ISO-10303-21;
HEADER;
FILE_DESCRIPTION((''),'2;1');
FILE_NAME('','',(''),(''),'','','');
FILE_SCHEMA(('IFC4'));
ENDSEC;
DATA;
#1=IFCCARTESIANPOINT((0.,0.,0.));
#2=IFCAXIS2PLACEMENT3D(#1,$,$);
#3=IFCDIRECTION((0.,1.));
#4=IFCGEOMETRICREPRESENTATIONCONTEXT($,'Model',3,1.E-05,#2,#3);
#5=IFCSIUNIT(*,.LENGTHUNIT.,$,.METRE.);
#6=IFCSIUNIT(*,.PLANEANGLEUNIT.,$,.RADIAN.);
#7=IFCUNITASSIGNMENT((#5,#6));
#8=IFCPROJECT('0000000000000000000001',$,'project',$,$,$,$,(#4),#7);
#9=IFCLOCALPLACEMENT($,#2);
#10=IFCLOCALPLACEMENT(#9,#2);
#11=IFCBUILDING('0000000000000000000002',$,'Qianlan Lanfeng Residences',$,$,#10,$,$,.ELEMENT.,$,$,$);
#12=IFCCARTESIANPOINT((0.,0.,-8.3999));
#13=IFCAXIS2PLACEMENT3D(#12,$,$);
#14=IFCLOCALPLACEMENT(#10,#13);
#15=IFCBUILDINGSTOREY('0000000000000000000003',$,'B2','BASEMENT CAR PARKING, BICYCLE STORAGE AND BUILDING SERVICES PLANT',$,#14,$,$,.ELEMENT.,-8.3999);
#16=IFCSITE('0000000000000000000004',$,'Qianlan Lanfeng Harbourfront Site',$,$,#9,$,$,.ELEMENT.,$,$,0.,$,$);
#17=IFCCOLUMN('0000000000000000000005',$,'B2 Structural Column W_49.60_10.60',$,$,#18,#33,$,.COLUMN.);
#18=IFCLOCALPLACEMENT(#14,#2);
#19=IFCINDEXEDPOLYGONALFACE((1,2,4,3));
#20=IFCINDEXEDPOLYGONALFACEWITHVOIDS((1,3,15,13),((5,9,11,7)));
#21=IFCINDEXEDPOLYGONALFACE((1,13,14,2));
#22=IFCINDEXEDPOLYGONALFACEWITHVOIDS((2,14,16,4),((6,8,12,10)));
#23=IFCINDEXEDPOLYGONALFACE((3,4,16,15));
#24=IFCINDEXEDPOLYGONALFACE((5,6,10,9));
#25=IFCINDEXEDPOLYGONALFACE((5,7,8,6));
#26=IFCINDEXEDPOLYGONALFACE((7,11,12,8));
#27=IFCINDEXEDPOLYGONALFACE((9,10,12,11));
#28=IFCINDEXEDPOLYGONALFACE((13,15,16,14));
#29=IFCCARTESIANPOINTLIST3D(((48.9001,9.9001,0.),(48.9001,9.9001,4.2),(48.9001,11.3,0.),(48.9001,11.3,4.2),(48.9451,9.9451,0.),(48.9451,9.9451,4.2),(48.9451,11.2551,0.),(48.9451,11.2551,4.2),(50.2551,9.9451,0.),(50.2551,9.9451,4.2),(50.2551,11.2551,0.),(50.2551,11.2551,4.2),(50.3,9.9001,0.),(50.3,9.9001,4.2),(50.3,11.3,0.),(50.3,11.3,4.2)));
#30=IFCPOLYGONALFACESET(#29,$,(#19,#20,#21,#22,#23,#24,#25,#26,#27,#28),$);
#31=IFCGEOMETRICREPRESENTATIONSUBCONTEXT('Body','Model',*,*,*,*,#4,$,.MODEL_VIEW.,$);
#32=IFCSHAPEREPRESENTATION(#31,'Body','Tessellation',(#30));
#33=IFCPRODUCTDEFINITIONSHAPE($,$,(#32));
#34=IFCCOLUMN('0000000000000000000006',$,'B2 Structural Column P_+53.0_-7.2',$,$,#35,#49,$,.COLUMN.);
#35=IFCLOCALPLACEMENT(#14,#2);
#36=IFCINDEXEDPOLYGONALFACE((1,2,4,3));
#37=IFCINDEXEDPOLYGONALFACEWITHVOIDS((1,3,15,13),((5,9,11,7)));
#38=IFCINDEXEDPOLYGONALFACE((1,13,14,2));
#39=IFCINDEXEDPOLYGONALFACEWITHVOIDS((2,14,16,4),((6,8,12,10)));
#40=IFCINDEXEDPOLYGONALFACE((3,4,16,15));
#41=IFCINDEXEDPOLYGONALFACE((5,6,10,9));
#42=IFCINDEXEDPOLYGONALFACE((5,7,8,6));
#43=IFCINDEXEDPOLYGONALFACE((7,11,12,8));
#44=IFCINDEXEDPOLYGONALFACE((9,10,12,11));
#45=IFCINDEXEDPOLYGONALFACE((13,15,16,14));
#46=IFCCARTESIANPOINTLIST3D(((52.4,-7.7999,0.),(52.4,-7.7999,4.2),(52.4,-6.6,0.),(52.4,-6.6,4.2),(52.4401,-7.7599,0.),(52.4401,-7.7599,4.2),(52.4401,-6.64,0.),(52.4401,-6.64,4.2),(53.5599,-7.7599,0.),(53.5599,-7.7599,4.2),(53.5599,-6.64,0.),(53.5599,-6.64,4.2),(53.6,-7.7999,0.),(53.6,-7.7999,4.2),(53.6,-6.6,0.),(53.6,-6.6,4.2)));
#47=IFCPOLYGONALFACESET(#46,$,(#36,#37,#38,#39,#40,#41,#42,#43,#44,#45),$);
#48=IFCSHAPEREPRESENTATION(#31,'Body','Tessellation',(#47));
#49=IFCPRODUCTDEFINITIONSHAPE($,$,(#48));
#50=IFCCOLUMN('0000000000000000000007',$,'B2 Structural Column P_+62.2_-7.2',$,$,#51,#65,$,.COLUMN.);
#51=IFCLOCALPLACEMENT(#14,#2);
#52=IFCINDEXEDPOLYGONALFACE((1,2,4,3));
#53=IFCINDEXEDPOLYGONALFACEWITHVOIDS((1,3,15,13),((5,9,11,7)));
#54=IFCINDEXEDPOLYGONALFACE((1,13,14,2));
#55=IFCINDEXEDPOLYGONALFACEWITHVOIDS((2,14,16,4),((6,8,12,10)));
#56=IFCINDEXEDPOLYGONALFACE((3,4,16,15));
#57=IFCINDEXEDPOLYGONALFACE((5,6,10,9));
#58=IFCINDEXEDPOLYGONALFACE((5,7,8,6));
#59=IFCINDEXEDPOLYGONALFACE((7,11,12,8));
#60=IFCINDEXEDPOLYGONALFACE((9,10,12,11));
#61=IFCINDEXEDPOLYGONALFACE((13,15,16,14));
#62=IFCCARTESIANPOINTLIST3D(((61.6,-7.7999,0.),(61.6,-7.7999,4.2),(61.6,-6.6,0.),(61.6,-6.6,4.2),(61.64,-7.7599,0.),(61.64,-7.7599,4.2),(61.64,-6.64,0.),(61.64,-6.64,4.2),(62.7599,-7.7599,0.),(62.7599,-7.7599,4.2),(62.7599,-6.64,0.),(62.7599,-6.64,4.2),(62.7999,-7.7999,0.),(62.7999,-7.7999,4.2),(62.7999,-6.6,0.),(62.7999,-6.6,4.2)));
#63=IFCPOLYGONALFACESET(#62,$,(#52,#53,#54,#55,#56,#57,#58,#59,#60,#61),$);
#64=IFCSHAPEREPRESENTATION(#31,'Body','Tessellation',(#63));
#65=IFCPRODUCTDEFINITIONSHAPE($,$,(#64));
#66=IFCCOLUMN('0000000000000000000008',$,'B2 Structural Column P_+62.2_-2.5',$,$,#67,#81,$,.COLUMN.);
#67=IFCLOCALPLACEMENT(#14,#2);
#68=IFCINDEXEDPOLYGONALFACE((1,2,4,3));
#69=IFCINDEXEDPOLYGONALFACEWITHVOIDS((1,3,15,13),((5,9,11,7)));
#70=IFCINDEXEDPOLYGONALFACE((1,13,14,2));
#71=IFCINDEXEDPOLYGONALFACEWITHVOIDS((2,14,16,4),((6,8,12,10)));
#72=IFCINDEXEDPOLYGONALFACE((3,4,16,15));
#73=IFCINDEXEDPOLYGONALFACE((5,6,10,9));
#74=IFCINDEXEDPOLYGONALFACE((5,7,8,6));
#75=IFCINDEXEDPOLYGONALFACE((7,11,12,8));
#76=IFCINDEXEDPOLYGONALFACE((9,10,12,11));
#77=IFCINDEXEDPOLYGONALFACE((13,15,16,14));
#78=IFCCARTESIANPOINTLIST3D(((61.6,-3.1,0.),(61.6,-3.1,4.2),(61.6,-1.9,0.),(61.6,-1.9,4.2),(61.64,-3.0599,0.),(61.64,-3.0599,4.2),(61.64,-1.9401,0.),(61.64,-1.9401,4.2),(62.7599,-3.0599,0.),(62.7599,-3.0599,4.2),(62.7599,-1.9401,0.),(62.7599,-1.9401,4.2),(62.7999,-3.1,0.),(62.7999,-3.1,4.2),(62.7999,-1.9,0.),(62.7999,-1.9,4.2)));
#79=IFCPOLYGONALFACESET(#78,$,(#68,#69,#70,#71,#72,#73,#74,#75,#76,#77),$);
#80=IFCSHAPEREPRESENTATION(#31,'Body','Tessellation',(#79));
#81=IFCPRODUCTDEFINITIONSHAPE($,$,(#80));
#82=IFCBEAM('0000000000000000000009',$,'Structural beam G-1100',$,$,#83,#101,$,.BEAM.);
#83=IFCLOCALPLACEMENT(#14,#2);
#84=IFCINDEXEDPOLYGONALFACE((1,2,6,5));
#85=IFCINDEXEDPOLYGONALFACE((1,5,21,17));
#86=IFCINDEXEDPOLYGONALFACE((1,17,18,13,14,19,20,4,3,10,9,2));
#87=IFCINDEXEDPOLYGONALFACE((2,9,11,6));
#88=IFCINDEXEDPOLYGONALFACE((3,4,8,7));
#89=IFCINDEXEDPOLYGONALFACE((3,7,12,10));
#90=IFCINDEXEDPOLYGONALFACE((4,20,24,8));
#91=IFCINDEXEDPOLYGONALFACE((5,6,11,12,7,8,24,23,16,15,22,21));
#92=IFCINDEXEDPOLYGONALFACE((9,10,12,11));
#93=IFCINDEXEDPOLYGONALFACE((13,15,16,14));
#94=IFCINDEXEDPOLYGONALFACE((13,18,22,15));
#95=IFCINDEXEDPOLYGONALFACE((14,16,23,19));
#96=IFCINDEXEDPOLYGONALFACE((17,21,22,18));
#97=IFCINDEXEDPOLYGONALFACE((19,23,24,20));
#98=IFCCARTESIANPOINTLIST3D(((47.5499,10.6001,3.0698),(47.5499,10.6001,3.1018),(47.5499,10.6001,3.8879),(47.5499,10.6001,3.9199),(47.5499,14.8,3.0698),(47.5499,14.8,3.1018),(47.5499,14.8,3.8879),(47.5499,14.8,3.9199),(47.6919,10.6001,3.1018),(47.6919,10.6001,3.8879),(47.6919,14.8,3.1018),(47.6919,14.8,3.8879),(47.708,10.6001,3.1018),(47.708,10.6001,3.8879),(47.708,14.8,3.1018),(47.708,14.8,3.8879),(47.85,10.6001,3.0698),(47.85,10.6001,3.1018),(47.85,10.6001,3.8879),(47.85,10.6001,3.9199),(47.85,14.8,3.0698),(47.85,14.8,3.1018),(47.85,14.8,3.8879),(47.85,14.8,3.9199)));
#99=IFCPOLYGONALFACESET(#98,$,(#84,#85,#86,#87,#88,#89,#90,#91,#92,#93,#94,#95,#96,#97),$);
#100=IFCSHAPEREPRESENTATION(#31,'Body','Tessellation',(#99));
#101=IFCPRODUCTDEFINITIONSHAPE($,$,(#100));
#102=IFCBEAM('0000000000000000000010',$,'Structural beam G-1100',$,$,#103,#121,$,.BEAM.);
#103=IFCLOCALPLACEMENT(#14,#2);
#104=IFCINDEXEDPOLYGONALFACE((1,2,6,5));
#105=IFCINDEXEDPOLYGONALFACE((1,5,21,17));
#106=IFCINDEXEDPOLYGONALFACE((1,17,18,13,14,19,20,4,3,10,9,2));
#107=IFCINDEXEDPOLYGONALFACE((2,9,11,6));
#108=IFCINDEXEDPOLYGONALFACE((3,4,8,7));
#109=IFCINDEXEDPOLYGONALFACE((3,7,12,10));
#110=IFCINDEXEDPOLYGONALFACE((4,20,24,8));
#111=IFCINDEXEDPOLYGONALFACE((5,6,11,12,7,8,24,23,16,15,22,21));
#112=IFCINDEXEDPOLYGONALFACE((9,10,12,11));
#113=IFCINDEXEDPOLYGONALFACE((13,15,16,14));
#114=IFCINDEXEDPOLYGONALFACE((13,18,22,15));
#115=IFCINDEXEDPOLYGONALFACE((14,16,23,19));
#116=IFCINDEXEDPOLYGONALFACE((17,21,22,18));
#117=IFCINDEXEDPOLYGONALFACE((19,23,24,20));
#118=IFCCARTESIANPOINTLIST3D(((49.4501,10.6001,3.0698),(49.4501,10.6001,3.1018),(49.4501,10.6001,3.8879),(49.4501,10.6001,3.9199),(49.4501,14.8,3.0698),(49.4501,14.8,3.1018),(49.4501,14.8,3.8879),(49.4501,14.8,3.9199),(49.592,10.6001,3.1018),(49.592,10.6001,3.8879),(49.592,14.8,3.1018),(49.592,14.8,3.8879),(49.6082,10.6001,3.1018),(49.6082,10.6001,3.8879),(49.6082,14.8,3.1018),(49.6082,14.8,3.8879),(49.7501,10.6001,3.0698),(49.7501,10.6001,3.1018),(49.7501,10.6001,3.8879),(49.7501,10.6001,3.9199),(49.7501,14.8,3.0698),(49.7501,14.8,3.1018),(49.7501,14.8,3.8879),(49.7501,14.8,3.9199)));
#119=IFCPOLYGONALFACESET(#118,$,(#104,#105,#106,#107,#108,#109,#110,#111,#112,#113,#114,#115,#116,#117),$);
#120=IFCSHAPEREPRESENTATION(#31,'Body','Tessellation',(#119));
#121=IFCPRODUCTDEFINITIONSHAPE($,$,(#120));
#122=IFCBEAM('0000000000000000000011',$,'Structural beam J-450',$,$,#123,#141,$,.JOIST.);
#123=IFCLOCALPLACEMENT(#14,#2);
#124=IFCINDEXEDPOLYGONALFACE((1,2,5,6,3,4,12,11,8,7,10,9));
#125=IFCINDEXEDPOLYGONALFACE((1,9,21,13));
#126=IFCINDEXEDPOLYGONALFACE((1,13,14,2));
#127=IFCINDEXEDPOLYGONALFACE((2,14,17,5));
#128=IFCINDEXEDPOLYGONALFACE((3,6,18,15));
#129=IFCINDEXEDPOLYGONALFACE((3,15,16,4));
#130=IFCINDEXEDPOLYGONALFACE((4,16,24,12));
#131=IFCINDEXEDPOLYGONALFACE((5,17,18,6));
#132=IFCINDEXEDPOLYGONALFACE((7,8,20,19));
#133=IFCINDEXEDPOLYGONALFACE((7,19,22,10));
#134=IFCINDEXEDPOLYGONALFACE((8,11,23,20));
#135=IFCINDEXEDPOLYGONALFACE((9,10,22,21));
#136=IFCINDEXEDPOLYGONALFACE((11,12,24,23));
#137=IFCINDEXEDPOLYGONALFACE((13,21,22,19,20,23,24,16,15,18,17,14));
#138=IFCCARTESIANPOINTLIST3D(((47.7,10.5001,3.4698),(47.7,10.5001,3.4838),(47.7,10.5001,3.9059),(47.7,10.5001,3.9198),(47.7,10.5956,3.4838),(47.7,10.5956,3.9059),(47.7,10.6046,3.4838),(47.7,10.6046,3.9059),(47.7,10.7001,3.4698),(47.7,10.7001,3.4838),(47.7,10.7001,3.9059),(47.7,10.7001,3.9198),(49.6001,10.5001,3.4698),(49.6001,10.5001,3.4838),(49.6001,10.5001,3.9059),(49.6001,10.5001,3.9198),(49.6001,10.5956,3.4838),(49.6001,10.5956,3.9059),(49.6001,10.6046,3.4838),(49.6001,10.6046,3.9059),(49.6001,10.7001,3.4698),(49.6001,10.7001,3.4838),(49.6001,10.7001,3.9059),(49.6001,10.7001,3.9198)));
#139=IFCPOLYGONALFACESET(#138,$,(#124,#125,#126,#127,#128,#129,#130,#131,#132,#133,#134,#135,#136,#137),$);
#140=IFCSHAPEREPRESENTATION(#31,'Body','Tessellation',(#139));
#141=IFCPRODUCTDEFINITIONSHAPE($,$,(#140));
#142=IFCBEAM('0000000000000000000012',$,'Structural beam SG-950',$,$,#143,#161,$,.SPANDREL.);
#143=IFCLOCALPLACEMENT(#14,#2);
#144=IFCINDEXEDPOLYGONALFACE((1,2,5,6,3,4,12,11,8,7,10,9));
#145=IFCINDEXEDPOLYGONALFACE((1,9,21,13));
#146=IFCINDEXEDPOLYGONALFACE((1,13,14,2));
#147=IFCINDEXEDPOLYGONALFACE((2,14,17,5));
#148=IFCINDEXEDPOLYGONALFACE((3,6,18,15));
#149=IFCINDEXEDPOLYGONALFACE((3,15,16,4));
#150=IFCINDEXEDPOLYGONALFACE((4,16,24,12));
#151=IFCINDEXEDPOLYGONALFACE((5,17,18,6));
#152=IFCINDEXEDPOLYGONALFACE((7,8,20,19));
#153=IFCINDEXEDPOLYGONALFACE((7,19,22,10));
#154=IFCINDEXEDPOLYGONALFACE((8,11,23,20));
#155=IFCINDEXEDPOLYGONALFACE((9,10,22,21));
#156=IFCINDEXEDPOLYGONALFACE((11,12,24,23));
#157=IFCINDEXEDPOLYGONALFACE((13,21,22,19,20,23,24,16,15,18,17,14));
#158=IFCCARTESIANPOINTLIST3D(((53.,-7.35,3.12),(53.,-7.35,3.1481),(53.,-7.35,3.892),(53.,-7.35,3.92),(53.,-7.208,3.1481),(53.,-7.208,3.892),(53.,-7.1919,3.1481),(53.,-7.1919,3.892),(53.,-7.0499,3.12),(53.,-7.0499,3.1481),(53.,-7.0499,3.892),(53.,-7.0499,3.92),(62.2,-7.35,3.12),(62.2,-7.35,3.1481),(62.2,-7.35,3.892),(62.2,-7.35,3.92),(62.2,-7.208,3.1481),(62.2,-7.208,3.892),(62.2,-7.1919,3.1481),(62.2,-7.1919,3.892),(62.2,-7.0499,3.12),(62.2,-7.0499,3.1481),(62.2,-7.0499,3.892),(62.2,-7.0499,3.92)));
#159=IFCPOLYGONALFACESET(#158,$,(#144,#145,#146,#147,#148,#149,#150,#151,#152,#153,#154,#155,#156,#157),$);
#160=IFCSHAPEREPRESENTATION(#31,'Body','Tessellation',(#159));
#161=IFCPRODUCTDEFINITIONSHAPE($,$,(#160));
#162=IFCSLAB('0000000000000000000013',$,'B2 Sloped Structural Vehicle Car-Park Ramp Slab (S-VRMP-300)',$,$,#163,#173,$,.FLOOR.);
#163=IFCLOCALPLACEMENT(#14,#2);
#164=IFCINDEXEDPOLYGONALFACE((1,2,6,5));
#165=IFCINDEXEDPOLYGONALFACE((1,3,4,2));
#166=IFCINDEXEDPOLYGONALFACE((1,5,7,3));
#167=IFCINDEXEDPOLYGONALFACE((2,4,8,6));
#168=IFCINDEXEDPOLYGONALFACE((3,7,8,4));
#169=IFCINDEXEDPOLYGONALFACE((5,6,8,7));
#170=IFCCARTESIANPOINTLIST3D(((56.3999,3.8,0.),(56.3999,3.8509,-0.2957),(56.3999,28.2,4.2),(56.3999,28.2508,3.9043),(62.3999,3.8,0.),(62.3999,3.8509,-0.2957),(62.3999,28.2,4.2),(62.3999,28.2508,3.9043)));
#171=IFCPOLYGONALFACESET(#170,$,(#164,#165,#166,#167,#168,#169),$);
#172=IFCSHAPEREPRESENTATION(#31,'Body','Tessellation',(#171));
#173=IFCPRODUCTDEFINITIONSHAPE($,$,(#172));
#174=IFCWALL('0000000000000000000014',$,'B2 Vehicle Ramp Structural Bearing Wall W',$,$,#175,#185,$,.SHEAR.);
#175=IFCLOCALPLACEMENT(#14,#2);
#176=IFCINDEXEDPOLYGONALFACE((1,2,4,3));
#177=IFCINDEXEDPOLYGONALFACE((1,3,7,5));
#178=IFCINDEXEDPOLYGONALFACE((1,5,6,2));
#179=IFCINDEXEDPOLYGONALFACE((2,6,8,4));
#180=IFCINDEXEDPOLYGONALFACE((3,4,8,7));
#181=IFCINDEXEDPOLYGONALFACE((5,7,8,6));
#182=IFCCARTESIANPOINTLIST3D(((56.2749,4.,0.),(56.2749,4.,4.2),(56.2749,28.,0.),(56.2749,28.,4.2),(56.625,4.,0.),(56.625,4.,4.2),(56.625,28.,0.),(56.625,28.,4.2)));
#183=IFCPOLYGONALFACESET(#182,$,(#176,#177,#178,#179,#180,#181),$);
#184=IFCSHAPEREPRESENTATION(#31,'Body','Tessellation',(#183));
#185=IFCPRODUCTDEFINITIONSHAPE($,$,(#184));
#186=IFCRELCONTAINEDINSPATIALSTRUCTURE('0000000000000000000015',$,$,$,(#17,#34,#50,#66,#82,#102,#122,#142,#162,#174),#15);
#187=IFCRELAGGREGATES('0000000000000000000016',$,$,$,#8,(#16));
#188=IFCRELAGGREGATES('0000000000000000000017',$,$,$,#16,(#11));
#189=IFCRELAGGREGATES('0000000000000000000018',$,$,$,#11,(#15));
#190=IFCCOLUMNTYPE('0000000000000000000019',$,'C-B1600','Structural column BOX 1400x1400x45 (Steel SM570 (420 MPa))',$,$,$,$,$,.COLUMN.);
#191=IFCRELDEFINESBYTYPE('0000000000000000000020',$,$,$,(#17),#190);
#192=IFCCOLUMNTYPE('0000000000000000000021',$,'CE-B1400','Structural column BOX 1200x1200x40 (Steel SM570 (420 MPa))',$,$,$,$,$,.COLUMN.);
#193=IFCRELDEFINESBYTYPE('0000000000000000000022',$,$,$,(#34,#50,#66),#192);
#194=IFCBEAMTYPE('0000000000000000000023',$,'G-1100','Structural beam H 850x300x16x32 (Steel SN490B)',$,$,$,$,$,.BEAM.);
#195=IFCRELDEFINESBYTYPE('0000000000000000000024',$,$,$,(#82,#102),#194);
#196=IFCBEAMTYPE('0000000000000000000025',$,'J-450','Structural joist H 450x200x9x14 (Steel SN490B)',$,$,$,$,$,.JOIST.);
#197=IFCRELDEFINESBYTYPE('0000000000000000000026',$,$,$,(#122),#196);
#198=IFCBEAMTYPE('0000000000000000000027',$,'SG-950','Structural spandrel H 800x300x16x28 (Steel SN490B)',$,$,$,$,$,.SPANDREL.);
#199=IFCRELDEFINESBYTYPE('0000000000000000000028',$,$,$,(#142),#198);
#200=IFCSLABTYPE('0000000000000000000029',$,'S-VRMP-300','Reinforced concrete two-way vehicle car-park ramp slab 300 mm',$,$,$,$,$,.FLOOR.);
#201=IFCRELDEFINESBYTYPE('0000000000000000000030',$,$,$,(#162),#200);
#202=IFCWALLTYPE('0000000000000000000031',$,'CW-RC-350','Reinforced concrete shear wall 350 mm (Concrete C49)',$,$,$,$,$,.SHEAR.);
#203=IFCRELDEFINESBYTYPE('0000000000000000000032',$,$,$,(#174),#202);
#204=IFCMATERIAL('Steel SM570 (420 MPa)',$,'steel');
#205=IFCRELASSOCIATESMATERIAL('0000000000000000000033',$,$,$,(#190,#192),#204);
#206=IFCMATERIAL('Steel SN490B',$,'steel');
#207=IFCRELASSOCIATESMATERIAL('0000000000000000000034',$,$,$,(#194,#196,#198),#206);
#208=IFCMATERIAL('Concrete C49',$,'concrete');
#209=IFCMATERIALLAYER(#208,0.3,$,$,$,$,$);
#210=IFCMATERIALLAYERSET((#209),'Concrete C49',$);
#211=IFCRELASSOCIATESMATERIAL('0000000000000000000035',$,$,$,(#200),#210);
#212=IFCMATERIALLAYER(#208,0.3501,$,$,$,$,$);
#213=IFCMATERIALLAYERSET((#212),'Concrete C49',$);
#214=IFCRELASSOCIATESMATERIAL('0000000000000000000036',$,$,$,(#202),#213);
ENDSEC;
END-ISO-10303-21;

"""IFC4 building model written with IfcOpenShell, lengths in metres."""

from ifc_helpers import new_model, si_unit, direction, frame, frame_2d, origin, origin_2d, place, context, subcontext, project, spatial, polyline, rectangle, hollow_rectangle, i_section, outline, extrude, material, layer, layer_set, material_profile, profile_set, type_object, element, save


model = new_model("IFC4")

# Units and contexts
model_context = context("Model", 3, precision=1e-05, world=origin(), true_north=direction((0.0, 1.0)))
body_context = subcontext(model_context, "Body", "Model", "MODEL_VIEW")
ifc_project = project(units=[si_unit("LENGTHUNIT", "METRE"), si_unit("PLANEANGLEUNIT", "RADIAN")], contexts=[model_context])

# Site, building, storey
site_placement = place(None, origin())
site = spatial("IfcSite", under=ifc_project, at=site_placement, Name="Qianlan Lanfeng Harbourfront Site", CompositionType="ELEMENT", RefElevation=0.0)
building_placement = place(site_placement, origin())
building = spatial("IfcBuilding", under=site, at=building_placement, Name="Qianlan Lanfeng Residences", CompositionType="ELEMENT")
storey_placement = place(building_placement, frame((0.0, 0.0, -8.3999)))
storey = spatial("IfcBuildingStorey", under=building, at=storey_placement, Name="B2", Description="BASEMENT CAR PARKING, BICYCLE STORAGE AND BUILDING SERVICES PLANT", CompositionType="ELEMENT", Elevation=-8.3999)

# Columns
ifc_material_1 = material(Name="Steel SM570 (420 MPa)", Category="steel")
ifc_material_profile_1 = material_profile(ifc_material_1, hollow_rectangle(XDim=1.3999, YDim=1.3999, WallThickness=0.0449, at=origin_2d()), Name="BOX 1400x1400x45")
ifc_profile_set_1 = profile_set([ifc_material_profile_1], Name="Steel SM570 (420 MPa)")
column_type_1 = type_object("IfcColumnType", Name="C-B1600", Description="Structural column BOX 1400x1400x45 (Steel SM570 (420 MPa))", PredefinedType="COLUMN", material=ifc_profile_set_1)
for number, where, z_axis, x_axis, name in (
    (1, (49.6001, 10.6001, 0.0), (0.0, 0.0, 1.0), (1.0, 0.0, 0.0), "B2 Structural Column W_49.60_10.60"),
):
    element("IfcColumn", number, at=place(storey_placement, frame(where, z_axis=z_axis, x_axis=x_axis)), inside=storey, type_object=column_type_1, Name=name, PredefinedType="COLUMN", context=body_context, shape_type="SweptSolid", body=[
        extrude(hollow_rectangle(XDim=1.3999, YDim=1.3999, WallThickness=0.0449, at=origin_2d()), origin(), (0.0, 0.0, 1.0), 4.2),
    ])
ifc_material_profile_2 = material_profile(ifc_material_1, hollow_rectangle(XDim=1.2, YDim=1.2, WallThickness=0.04, at=origin_2d()), Name="BOX 1200x1200x40")
ifc_profile_set_2 = profile_set([ifc_material_profile_2], Name="Steel SM570 (420 MPa)")
column_type_2 = type_object("IfcColumnType", Name="CE-B1400", Description="Structural column BOX 1200x1200x40 (Steel SM570 (420 MPa))", PredefinedType="COLUMN", material=ifc_profile_set_2)
for number, where, z_axis, x_axis, name in (
    (2, (53.0, -7.2, 0.0), (0.0, 0.0, 1.0), (1.0, 0.0, 0.0), "B2 Structural Column P_+53.0_-7.2"),
    (3, (62.2, -7.2, 0.0), (0.0, 0.0, 1.0), (1.0, 0.0, 0.0), "B2 Structural Column P_+62.2_-7.2"),
    (4, (62.2, -2.5, 0.0), (0.0, 0.0, 1.0), (1.0, 0.0, 0.0), "B2 Structural Column P_+62.2_-2.5"),
):
    element("IfcColumn", number, at=place(storey_placement, frame(where, z_axis=z_axis, x_axis=x_axis)), inside=storey, type_object=column_type_2, Name=name, PredefinedType="COLUMN", context=body_context, shape_type="SweptSolid", body=[
        extrude(hollow_rectangle(XDim=1.2, YDim=1.2, WallThickness=0.04, at=origin_2d()), origin(), (0.0, 0.0, 1.0), 4.2),
    ])

# Beams
ifc_material_2 = material(Name="Steel SN490B", Category="steel")
ifc_material_profile_3 = material_profile(ifc_material_2, i_section(OverallWidth=0.3, OverallDepth=0.8501, WebThickness=0.0161, FlangeThickness=0.032, at=origin_2d()), Name="H 850x300x16x32")
ifc_profile_set_3 = profile_set([ifc_material_profile_3], Name="Steel SN490B")
beam_type_1 = type_object("IfcBeamType", Name="G-1100", Description="Structural beam H 850x300x16x32 (Steel SN490B)", PredefinedType="BEAM", material=ifc_profile_set_3)
for number, where, z_axis, x_axis, name in (
    (5, (47.7, 10.6001, 3.4949), (0.0, 1.0, 0.0), (-1.0, 0.0, 0.0), "Structural beam G-1100"),
    (6, (49.6001, 10.6001, 3.4949), (0.0, 1.0, 0.0), (-1.0, 0.0, 0.0), "Structural beam G-1100"),
):
    element("IfcBeam", number, at=place(storey_placement, frame(where, z_axis=z_axis, x_axis=x_axis)), inside=storey, type_object=beam_type_1, Name=name, PredefinedType="BEAM", context=body_context, shape_type="SweptSolid", body=[
        extrude(i_section(OverallWidth=0.3, OverallDepth=0.8501, WebThickness=0.0161, FlangeThickness=0.032, at=origin_2d()), origin(), (0.0, 0.0, 1.0), 4.2),
    ])
ifc_material_profile_4 = material_profile(ifc_material_2, i_section(OverallWidth=0.2, OverallDepth=0.45, WebThickness=0.009, FlangeThickness=0.0139, at=origin_2d()), Name="H 450x200x9x14")
ifc_profile_set_4 = profile_set([ifc_material_profile_4], Name="Steel SN490B")
beam_type_2 = type_object("IfcBeamType", Name="J-450", Description="Structural joist H 450x200x9x14 (Steel SN490B)", PredefinedType="JOIST", material=ifc_profile_set_4)
beam_1_placement = place(storey_placement, frame((47.7, 10.6001, 3.6948), z_axis=(1.0, 0.0, 0.0), x_axis=(0.0, 1.0, 0.0)))
element("IfcBeam", 7, at=beam_1_placement, inside=storey, type_object=beam_type_2, Name="Structural beam J-450", PredefinedType="JOIST", context=body_context, shape_type="SweptSolid", body=[
    extrude(i_section(OverallWidth=0.2, OverallDepth=0.45, WebThickness=0.009, FlangeThickness=0.0139, at=origin_2d()), origin(), (0.0, 0.0, 1.0), 1.9001),
])
ifc_material_profile_5 = material_profile(ifc_material_2, i_section(OverallWidth=0.3, OverallDepth=0.8, WebThickness=0.0161, FlangeThickness=0.0281, at=origin_2d()), Name="H 800x300x16x28")
ifc_profile_set_5 = profile_set([ifc_material_profile_5], Name="Steel SN490B")
beam_type_3 = type_object("IfcBeamType", Name="SG-950", Description="Structural spandrel H 800x300x16x28 (Steel SN490B)", PredefinedType="SPANDREL", material=ifc_profile_set_5)
beam_2_placement = place(storey_placement, frame((53.0, -7.2, 3.52), z_axis=(1.0, 0.0, 0.0), x_axis=(0.0, 1.0, 0.0)))
element("IfcBeam", 8, at=beam_2_placement, inside=storey, type_object=beam_type_3, Name="Structural beam SG-950", PredefinedType="SPANDREL", context=body_context, shape_type="SweptSolid", body=[
    extrude(i_section(OverallWidth=0.3, OverallDepth=0.8, WebThickness=0.0161, FlangeThickness=0.0281, at=origin_2d()), origin(), (0.0, 0.0, 1.0), 9.2),
])

# Slab
ifc_material_3 = material(Name="Concrete C49", Category="concrete")
ifc_layer_1 = layer(ifc_material_3, 0.3)
ifc_layer_set_1 = layer_set([ifc_layer_1], Name="Concrete C49")
slab_type = type_object("IfcSlabType", Name="S-VRMP-300", Description="Reinforced concrete two-way vehicle car-park ramp slab 300 mm", PredefinedType="FLOOR", material=ifc_layer_set_1)
slab_placement = place(storey_placement, frame((56.3999, 3.8, 0.0), z_axis=(0.0, -0.169635, 0.985507), x_axis=(1.0, 0.0, 0.0)))
element("IfcSlab", 9, at=slab_placement, inside=storey, type_object=slab_type, Name="B2 Sloped Structural Vehicle Car-Park Ramp Slab (S-VRMP-300)", PredefinedType="FLOOR", context=body_context, shape_type="SweptSolid", body=[
    extrude(outline(polyline([(0.0, 0.0), (6.0, 0.0), (6.0, 24.7587), (0.0, 24.7587), (0.0, 0.0)])), origin(), (0.0, 0.0, -1.0), 0.3),
])

# Wall
ifc_layer_2 = layer(ifc_material_3, 0.3501)
ifc_layer_set_2 = layer_set([ifc_layer_2], Name="Concrete C49")
wall_type_1 = type_object("IfcWallType", Name="CW-RC-350", Description="Reinforced concrete shear wall 350 mm (Concrete C49)", PredefinedType="SHEAR", material=ifc_layer_set_2)
for number, where, z_axis, x_axis, name in (
    (10, (56.45, 4.0, 0.0), (0.0, 0.0, 1.0), (0.0, 1.0, 0.0), "B2 Vehicle Ramp Structural Bearing Wall W"),
):
    element("IfcWall", number, at=place(storey_placement, frame(where, z_axis=z_axis, x_axis=x_axis)), inside=storey, type_object=wall_type_1, Name=name, PredefinedType="SHEAR", context=body_context, shape_type="SweptSolid", body=[
        extrude(rectangle(XDim=24.0, YDim=0.3501, at=frame_2d((12.0, 0.0))), origin(), (0.0, 0.0, 1.0), 4.2),
    ])

save(model, "model.ifc")
